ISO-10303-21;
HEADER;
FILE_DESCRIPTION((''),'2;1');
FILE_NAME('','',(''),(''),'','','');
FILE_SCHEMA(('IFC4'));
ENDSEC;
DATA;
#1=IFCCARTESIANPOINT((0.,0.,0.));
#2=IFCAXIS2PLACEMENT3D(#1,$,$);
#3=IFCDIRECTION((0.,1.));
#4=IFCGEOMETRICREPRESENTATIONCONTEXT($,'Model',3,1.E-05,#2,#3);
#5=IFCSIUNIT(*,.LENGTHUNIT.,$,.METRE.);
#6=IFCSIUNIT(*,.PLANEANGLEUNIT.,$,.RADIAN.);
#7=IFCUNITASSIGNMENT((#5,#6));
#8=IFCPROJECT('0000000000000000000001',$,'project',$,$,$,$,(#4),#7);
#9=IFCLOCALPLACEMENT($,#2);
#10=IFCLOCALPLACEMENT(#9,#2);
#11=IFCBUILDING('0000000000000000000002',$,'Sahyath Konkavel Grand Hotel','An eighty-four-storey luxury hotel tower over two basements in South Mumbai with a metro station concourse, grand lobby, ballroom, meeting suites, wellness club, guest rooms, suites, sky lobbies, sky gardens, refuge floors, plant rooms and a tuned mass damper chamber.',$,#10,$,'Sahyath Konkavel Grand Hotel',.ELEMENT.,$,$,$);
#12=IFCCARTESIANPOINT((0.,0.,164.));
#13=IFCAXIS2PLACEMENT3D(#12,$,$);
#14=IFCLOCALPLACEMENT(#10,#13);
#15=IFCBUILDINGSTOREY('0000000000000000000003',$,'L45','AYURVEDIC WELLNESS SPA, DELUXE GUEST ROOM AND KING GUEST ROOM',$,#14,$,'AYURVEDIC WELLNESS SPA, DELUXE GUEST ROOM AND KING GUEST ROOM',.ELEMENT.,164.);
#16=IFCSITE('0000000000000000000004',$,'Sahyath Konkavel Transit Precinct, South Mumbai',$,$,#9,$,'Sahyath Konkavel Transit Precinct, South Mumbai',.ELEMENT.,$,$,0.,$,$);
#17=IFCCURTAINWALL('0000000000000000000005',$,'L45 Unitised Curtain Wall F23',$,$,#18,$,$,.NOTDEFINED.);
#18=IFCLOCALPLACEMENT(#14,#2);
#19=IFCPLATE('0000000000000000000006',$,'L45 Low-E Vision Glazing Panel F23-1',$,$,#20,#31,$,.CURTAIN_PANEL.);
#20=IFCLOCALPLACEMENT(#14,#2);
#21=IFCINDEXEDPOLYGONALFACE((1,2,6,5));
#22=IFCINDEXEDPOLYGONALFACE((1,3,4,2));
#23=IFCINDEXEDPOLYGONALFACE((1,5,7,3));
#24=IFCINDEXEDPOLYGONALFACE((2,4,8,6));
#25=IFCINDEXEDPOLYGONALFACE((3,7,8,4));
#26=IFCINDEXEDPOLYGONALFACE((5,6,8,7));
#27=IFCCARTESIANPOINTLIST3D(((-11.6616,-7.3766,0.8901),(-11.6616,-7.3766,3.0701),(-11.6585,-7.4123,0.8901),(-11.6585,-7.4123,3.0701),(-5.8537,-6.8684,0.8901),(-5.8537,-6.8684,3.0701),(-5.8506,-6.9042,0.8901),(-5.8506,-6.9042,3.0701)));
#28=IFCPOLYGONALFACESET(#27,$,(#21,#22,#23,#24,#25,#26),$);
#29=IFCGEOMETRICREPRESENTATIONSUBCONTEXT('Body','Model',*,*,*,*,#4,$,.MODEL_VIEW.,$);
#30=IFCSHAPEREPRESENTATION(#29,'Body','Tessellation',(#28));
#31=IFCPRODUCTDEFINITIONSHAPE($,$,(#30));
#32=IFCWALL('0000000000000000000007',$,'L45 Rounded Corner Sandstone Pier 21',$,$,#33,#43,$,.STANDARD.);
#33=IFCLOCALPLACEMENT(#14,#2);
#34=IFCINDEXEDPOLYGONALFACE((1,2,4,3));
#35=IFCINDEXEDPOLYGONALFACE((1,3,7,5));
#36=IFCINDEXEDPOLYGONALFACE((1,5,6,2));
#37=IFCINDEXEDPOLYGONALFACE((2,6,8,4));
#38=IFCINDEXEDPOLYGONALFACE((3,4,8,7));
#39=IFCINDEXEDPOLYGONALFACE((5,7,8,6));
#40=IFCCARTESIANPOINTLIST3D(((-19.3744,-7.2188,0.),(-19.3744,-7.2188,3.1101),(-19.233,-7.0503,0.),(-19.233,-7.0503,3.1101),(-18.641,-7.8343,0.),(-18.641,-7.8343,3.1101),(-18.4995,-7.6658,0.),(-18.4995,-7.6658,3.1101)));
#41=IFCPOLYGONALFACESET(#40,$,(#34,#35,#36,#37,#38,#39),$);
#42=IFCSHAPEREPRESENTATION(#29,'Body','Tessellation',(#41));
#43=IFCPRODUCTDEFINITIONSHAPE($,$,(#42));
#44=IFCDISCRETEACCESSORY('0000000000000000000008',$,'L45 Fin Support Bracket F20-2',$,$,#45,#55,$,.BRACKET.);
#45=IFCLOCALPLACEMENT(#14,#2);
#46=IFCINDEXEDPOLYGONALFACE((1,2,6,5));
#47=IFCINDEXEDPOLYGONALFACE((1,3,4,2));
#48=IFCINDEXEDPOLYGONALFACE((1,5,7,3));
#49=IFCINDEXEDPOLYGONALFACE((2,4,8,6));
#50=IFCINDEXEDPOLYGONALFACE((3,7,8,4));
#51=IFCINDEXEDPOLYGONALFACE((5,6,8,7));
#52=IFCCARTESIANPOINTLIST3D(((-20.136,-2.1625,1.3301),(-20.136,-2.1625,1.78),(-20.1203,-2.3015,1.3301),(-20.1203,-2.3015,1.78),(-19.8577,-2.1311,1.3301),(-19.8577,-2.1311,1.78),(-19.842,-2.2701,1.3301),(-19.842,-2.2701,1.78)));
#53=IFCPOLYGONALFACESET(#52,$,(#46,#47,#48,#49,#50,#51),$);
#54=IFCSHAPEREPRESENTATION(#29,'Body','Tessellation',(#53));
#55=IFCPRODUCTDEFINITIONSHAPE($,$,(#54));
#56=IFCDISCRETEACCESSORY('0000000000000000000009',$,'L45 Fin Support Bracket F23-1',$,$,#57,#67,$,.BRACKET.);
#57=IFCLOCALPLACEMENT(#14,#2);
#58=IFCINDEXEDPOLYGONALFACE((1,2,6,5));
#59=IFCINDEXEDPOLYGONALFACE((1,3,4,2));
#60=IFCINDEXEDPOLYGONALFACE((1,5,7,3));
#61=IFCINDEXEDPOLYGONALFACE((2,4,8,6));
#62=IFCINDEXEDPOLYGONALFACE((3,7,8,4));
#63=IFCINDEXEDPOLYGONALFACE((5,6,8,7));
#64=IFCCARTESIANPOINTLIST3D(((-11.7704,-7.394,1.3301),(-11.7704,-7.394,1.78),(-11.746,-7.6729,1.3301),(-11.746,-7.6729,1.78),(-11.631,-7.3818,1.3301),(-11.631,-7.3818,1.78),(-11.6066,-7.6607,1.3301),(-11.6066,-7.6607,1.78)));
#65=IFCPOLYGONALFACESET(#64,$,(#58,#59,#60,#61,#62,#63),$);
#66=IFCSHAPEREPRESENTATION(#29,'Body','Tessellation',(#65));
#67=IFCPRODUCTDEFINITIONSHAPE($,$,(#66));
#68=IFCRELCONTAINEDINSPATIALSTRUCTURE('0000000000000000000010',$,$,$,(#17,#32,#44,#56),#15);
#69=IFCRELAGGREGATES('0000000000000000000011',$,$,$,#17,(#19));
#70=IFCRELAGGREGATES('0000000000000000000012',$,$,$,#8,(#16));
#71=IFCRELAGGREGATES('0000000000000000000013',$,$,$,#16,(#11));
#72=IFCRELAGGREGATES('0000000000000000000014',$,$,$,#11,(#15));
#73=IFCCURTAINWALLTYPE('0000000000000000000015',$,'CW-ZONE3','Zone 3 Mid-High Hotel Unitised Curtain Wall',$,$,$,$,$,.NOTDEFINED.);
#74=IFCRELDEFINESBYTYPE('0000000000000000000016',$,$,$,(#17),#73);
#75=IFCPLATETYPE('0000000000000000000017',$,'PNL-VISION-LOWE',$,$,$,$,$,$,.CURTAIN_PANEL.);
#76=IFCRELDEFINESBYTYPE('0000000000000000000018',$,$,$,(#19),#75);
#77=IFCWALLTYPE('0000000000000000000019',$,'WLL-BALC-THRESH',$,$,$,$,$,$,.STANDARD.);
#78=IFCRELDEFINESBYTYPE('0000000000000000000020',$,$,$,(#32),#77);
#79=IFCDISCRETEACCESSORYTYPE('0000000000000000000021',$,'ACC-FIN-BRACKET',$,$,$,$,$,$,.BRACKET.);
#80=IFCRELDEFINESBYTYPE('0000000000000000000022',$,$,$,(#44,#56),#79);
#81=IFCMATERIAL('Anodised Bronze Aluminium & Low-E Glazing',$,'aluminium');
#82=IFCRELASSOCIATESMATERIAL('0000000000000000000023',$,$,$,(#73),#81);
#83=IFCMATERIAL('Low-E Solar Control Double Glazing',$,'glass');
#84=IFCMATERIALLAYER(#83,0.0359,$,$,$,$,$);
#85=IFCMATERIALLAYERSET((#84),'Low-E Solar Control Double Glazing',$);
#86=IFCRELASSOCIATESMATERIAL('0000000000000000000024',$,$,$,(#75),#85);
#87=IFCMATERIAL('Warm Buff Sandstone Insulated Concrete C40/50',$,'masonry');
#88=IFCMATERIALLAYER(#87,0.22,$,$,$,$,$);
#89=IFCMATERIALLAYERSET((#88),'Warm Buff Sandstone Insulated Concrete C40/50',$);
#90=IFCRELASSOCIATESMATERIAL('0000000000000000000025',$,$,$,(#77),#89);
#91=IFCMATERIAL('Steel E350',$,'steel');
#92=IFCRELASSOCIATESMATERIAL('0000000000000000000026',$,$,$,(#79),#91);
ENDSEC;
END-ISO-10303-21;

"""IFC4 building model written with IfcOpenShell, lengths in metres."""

from ifc_helpers import new_model, si_unit, direction, frame, frame_2d, origin, origin_2d, place, context, subcontext, project, spatial, rectangle, extrude, source, transform, mapped, material, layer, layer_set, type_object, element, aggregate, save


model = new_model("IFC4")

# Units and contexts
model_context = context("Model", 3, precision=1e-05, world=origin(), true_north=direction((0.0, 1.0)))
body_context = subcontext(model_context, "Body", "Model", "MODEL_VIEW")
ifc_project = project(units=[si_unit("LENGTHUNIT", "METRE"), si_unit("PLANEANGLEUNIT", "RADIAN")], contexts=[model_context])

# Site, building, storey
site_placement = place(None, origin())
site = spatial("IfcSite", under=ifc_project, at=site_placement, Name="Sahyath Konkavel Transit Precinct, South Mumbai", LongName="Sahyath Konkavel Transit Precinct, South Mumbai", CompositionType="ELEMENT", RefElevation=0.0)
building_placement = place(site_placement, origin())
building = spatial("IfcBuilding", under=site, at=building_placement, Name="Sahyath Konkavel Grand Hotel", Description="An eighty-four-storey luxury hotel tower over two basements in South Mumbai with a metro station concourse, grand lobby, ballroom, meeting suites, wellness club, guest rooms, suites, sky lobbies, sky gardens, refuge floors, plant rooms and a tuned mass damper chamber.", LongName="Sahyath Konkavel Grand Hotel", CompositionType="ELEMENT")
storey_placement = place(building_placement, frame((0.0, 0.0, 164.0)))
storey = spatial("IfcBuildingStorey", under=building, at=storey_placement, Name="L45", Description="AYURVEDIC WELLNESS SPA, DELUXE GUEST ROOM AND KING GUEST ROOM", LongName="AYURVEDIC WELLNESS SPA, DELUXE GUEST ROOM AND KING GUEST ROOM", CompositionType="ELEMENT", Elevation=164.0)

# Shared definitions
ifc_material_1 = material(Name="Steel E350", Category="steel")

# Shared definitions
ifc_material_2 = material(Name="Anodised Bronze Aluminium & Low-E Glazing", Category="aluminium")
curtain_wall_type = type_object("IfcCurtainWallType", Name="CW-ZONE3", Description="Zone 3 Mid-High Hotel Unitised Curtain Wall", PredefinedType="NOTDEFINED", material=ifc_material_2)

# Curtain wall
curtain_wall_1_placement = place(storey_placement, origin())
curtain_wall_1 = element("IfcCurtainWall", 1, at=curtain_wall_1_placement, inside=storey, type_object=curtain_wall_type, Name="L45 Unitised Curtain Wall F23", PredefinedType="NOTDEFINED")

# Plate
ifc_material_3 = material(Name="Low-E Solar Control Double Glazing", Category="glass")
ifc_layer_1 = layer(ifc_material_3, 0.0359)
ifc_layer_set_1 = layer_set([ifc_layer_1], Name="Low-E Solar Control Double Glazing")
plate_type_1 = type_object("IfcPlateType", Name="PNL-VISION-LOWE", PredefinedType="CURTAIN_PANEL", material=ifc_layer_set_1)
shared_shape_1 = source(origin(), body_context, "Body", "SweptSolid", [
    extrude(rectangle(XDim=5.8301, YDim=0.0359, at=origin_2d()), origin(), (0.0, 0.0, 1.0), 2.1799),
])
plate_1_placement = place(storey_placement, frame((-8.7561, -7.1404, 0.8901), z_axis=(0.0, 0.0, 1.0), x_axis=(0.996195, 0.087156, 0.0)))
plate_1 = element("IfcPlate", 2, at=plate_1_placement, type_object=plate_type_1, Name="L45 Low-E Vision Glazing Panel F23-1", PredefinedType="CURTAIN_PANEL", context=body_context, shape_type="MappedRepresentation", body=[
    mapped(shared_shape_1, transform((0.0, 0.0, 0.0), scale=1.0)),
])
aggregate(curtain_wall_1, [plate_1])

# Wall
ifc_material_4 = material(Name="Warm Buff Sandstone Insulated Concrete C40/50", Category="masonry")
ifc_layer_2 = layer(ifc_material_4, 0.22)
ifc_layer_set_2 = layer_set([ifc_layer_2], Name="Warm Buff Sandstone Insulated Concrete C40/50")
wall_type = type_object("IfcWallType", Name="WLL-BALC-THRESH", PredefinedType="STANDARD", material=ifc_layer_set_2)
wall_placement = place(storey_placement, frame((-19.3037, -7.1345, 0.0), z_axis=(0.0, 0.0, 1.0), x_axis=(0.766001, -0.642839, 0.0)))
element("IfcWall", 3, at=wall_placement, inside=storey, type_object=wall_type, Name="L45 Rounded Corner Sandstone Pier 21", PredefinedType="STANDARD", context=body_context, shape_type="SweptSolid", body=[
    extrude(rectangle(XDim=0.9575, YDim=0.22, at=frame_2d((0.4788, 0.0))), origin(), (0.0, 0.0, 1.0), 3.1101),
])

# Discrete accessories
discrete_accessory_type = type_object("IfcDiscreteAccessoryType", Name="ACC-FIN-BRACKET", PredefinedType="BRACKET", material=ifc_material_1)
shared_shape_2 = source(origin(), body_context, "Body", "SweptSolid", [
    extrude(rectangle(XDim=0.28, YDim=0.1399, at=origin_2d()), origin(), (0.0, 0.0, 1.0), 0.45),
])
for number, where, z_axis, x_axis, name in (
    (4, (-19.989, -2.2163, 1.3301), (0.0, 0.0, 1.0), (-0.993709, -0.111989, 0.0), "L45 Fin Support Bracket F20-2"),
    (5, (-11.6885, -7.5273, 1.3301), (0.0, 0.0, 1.0), (0.087156, -0.996195, 0.0), "L45 Fin Support Bracket F23-1"),
):
    element("IfcDiscreteAccessory", number, at=place(storey_placement, frame(where, z_axis=z_axis, x_axis=x_axis)), inside=storey, type_object=discrete_accessory_type, Name=name, PredefinedType="BRACKET", context=body_context, shape_type="MappedRepresentation", body=[
        mapped(shared_shape_2, transform((0.0, 0.0, 0.0), scale=1.0)),
    ])

save(model, "model.ifc")
